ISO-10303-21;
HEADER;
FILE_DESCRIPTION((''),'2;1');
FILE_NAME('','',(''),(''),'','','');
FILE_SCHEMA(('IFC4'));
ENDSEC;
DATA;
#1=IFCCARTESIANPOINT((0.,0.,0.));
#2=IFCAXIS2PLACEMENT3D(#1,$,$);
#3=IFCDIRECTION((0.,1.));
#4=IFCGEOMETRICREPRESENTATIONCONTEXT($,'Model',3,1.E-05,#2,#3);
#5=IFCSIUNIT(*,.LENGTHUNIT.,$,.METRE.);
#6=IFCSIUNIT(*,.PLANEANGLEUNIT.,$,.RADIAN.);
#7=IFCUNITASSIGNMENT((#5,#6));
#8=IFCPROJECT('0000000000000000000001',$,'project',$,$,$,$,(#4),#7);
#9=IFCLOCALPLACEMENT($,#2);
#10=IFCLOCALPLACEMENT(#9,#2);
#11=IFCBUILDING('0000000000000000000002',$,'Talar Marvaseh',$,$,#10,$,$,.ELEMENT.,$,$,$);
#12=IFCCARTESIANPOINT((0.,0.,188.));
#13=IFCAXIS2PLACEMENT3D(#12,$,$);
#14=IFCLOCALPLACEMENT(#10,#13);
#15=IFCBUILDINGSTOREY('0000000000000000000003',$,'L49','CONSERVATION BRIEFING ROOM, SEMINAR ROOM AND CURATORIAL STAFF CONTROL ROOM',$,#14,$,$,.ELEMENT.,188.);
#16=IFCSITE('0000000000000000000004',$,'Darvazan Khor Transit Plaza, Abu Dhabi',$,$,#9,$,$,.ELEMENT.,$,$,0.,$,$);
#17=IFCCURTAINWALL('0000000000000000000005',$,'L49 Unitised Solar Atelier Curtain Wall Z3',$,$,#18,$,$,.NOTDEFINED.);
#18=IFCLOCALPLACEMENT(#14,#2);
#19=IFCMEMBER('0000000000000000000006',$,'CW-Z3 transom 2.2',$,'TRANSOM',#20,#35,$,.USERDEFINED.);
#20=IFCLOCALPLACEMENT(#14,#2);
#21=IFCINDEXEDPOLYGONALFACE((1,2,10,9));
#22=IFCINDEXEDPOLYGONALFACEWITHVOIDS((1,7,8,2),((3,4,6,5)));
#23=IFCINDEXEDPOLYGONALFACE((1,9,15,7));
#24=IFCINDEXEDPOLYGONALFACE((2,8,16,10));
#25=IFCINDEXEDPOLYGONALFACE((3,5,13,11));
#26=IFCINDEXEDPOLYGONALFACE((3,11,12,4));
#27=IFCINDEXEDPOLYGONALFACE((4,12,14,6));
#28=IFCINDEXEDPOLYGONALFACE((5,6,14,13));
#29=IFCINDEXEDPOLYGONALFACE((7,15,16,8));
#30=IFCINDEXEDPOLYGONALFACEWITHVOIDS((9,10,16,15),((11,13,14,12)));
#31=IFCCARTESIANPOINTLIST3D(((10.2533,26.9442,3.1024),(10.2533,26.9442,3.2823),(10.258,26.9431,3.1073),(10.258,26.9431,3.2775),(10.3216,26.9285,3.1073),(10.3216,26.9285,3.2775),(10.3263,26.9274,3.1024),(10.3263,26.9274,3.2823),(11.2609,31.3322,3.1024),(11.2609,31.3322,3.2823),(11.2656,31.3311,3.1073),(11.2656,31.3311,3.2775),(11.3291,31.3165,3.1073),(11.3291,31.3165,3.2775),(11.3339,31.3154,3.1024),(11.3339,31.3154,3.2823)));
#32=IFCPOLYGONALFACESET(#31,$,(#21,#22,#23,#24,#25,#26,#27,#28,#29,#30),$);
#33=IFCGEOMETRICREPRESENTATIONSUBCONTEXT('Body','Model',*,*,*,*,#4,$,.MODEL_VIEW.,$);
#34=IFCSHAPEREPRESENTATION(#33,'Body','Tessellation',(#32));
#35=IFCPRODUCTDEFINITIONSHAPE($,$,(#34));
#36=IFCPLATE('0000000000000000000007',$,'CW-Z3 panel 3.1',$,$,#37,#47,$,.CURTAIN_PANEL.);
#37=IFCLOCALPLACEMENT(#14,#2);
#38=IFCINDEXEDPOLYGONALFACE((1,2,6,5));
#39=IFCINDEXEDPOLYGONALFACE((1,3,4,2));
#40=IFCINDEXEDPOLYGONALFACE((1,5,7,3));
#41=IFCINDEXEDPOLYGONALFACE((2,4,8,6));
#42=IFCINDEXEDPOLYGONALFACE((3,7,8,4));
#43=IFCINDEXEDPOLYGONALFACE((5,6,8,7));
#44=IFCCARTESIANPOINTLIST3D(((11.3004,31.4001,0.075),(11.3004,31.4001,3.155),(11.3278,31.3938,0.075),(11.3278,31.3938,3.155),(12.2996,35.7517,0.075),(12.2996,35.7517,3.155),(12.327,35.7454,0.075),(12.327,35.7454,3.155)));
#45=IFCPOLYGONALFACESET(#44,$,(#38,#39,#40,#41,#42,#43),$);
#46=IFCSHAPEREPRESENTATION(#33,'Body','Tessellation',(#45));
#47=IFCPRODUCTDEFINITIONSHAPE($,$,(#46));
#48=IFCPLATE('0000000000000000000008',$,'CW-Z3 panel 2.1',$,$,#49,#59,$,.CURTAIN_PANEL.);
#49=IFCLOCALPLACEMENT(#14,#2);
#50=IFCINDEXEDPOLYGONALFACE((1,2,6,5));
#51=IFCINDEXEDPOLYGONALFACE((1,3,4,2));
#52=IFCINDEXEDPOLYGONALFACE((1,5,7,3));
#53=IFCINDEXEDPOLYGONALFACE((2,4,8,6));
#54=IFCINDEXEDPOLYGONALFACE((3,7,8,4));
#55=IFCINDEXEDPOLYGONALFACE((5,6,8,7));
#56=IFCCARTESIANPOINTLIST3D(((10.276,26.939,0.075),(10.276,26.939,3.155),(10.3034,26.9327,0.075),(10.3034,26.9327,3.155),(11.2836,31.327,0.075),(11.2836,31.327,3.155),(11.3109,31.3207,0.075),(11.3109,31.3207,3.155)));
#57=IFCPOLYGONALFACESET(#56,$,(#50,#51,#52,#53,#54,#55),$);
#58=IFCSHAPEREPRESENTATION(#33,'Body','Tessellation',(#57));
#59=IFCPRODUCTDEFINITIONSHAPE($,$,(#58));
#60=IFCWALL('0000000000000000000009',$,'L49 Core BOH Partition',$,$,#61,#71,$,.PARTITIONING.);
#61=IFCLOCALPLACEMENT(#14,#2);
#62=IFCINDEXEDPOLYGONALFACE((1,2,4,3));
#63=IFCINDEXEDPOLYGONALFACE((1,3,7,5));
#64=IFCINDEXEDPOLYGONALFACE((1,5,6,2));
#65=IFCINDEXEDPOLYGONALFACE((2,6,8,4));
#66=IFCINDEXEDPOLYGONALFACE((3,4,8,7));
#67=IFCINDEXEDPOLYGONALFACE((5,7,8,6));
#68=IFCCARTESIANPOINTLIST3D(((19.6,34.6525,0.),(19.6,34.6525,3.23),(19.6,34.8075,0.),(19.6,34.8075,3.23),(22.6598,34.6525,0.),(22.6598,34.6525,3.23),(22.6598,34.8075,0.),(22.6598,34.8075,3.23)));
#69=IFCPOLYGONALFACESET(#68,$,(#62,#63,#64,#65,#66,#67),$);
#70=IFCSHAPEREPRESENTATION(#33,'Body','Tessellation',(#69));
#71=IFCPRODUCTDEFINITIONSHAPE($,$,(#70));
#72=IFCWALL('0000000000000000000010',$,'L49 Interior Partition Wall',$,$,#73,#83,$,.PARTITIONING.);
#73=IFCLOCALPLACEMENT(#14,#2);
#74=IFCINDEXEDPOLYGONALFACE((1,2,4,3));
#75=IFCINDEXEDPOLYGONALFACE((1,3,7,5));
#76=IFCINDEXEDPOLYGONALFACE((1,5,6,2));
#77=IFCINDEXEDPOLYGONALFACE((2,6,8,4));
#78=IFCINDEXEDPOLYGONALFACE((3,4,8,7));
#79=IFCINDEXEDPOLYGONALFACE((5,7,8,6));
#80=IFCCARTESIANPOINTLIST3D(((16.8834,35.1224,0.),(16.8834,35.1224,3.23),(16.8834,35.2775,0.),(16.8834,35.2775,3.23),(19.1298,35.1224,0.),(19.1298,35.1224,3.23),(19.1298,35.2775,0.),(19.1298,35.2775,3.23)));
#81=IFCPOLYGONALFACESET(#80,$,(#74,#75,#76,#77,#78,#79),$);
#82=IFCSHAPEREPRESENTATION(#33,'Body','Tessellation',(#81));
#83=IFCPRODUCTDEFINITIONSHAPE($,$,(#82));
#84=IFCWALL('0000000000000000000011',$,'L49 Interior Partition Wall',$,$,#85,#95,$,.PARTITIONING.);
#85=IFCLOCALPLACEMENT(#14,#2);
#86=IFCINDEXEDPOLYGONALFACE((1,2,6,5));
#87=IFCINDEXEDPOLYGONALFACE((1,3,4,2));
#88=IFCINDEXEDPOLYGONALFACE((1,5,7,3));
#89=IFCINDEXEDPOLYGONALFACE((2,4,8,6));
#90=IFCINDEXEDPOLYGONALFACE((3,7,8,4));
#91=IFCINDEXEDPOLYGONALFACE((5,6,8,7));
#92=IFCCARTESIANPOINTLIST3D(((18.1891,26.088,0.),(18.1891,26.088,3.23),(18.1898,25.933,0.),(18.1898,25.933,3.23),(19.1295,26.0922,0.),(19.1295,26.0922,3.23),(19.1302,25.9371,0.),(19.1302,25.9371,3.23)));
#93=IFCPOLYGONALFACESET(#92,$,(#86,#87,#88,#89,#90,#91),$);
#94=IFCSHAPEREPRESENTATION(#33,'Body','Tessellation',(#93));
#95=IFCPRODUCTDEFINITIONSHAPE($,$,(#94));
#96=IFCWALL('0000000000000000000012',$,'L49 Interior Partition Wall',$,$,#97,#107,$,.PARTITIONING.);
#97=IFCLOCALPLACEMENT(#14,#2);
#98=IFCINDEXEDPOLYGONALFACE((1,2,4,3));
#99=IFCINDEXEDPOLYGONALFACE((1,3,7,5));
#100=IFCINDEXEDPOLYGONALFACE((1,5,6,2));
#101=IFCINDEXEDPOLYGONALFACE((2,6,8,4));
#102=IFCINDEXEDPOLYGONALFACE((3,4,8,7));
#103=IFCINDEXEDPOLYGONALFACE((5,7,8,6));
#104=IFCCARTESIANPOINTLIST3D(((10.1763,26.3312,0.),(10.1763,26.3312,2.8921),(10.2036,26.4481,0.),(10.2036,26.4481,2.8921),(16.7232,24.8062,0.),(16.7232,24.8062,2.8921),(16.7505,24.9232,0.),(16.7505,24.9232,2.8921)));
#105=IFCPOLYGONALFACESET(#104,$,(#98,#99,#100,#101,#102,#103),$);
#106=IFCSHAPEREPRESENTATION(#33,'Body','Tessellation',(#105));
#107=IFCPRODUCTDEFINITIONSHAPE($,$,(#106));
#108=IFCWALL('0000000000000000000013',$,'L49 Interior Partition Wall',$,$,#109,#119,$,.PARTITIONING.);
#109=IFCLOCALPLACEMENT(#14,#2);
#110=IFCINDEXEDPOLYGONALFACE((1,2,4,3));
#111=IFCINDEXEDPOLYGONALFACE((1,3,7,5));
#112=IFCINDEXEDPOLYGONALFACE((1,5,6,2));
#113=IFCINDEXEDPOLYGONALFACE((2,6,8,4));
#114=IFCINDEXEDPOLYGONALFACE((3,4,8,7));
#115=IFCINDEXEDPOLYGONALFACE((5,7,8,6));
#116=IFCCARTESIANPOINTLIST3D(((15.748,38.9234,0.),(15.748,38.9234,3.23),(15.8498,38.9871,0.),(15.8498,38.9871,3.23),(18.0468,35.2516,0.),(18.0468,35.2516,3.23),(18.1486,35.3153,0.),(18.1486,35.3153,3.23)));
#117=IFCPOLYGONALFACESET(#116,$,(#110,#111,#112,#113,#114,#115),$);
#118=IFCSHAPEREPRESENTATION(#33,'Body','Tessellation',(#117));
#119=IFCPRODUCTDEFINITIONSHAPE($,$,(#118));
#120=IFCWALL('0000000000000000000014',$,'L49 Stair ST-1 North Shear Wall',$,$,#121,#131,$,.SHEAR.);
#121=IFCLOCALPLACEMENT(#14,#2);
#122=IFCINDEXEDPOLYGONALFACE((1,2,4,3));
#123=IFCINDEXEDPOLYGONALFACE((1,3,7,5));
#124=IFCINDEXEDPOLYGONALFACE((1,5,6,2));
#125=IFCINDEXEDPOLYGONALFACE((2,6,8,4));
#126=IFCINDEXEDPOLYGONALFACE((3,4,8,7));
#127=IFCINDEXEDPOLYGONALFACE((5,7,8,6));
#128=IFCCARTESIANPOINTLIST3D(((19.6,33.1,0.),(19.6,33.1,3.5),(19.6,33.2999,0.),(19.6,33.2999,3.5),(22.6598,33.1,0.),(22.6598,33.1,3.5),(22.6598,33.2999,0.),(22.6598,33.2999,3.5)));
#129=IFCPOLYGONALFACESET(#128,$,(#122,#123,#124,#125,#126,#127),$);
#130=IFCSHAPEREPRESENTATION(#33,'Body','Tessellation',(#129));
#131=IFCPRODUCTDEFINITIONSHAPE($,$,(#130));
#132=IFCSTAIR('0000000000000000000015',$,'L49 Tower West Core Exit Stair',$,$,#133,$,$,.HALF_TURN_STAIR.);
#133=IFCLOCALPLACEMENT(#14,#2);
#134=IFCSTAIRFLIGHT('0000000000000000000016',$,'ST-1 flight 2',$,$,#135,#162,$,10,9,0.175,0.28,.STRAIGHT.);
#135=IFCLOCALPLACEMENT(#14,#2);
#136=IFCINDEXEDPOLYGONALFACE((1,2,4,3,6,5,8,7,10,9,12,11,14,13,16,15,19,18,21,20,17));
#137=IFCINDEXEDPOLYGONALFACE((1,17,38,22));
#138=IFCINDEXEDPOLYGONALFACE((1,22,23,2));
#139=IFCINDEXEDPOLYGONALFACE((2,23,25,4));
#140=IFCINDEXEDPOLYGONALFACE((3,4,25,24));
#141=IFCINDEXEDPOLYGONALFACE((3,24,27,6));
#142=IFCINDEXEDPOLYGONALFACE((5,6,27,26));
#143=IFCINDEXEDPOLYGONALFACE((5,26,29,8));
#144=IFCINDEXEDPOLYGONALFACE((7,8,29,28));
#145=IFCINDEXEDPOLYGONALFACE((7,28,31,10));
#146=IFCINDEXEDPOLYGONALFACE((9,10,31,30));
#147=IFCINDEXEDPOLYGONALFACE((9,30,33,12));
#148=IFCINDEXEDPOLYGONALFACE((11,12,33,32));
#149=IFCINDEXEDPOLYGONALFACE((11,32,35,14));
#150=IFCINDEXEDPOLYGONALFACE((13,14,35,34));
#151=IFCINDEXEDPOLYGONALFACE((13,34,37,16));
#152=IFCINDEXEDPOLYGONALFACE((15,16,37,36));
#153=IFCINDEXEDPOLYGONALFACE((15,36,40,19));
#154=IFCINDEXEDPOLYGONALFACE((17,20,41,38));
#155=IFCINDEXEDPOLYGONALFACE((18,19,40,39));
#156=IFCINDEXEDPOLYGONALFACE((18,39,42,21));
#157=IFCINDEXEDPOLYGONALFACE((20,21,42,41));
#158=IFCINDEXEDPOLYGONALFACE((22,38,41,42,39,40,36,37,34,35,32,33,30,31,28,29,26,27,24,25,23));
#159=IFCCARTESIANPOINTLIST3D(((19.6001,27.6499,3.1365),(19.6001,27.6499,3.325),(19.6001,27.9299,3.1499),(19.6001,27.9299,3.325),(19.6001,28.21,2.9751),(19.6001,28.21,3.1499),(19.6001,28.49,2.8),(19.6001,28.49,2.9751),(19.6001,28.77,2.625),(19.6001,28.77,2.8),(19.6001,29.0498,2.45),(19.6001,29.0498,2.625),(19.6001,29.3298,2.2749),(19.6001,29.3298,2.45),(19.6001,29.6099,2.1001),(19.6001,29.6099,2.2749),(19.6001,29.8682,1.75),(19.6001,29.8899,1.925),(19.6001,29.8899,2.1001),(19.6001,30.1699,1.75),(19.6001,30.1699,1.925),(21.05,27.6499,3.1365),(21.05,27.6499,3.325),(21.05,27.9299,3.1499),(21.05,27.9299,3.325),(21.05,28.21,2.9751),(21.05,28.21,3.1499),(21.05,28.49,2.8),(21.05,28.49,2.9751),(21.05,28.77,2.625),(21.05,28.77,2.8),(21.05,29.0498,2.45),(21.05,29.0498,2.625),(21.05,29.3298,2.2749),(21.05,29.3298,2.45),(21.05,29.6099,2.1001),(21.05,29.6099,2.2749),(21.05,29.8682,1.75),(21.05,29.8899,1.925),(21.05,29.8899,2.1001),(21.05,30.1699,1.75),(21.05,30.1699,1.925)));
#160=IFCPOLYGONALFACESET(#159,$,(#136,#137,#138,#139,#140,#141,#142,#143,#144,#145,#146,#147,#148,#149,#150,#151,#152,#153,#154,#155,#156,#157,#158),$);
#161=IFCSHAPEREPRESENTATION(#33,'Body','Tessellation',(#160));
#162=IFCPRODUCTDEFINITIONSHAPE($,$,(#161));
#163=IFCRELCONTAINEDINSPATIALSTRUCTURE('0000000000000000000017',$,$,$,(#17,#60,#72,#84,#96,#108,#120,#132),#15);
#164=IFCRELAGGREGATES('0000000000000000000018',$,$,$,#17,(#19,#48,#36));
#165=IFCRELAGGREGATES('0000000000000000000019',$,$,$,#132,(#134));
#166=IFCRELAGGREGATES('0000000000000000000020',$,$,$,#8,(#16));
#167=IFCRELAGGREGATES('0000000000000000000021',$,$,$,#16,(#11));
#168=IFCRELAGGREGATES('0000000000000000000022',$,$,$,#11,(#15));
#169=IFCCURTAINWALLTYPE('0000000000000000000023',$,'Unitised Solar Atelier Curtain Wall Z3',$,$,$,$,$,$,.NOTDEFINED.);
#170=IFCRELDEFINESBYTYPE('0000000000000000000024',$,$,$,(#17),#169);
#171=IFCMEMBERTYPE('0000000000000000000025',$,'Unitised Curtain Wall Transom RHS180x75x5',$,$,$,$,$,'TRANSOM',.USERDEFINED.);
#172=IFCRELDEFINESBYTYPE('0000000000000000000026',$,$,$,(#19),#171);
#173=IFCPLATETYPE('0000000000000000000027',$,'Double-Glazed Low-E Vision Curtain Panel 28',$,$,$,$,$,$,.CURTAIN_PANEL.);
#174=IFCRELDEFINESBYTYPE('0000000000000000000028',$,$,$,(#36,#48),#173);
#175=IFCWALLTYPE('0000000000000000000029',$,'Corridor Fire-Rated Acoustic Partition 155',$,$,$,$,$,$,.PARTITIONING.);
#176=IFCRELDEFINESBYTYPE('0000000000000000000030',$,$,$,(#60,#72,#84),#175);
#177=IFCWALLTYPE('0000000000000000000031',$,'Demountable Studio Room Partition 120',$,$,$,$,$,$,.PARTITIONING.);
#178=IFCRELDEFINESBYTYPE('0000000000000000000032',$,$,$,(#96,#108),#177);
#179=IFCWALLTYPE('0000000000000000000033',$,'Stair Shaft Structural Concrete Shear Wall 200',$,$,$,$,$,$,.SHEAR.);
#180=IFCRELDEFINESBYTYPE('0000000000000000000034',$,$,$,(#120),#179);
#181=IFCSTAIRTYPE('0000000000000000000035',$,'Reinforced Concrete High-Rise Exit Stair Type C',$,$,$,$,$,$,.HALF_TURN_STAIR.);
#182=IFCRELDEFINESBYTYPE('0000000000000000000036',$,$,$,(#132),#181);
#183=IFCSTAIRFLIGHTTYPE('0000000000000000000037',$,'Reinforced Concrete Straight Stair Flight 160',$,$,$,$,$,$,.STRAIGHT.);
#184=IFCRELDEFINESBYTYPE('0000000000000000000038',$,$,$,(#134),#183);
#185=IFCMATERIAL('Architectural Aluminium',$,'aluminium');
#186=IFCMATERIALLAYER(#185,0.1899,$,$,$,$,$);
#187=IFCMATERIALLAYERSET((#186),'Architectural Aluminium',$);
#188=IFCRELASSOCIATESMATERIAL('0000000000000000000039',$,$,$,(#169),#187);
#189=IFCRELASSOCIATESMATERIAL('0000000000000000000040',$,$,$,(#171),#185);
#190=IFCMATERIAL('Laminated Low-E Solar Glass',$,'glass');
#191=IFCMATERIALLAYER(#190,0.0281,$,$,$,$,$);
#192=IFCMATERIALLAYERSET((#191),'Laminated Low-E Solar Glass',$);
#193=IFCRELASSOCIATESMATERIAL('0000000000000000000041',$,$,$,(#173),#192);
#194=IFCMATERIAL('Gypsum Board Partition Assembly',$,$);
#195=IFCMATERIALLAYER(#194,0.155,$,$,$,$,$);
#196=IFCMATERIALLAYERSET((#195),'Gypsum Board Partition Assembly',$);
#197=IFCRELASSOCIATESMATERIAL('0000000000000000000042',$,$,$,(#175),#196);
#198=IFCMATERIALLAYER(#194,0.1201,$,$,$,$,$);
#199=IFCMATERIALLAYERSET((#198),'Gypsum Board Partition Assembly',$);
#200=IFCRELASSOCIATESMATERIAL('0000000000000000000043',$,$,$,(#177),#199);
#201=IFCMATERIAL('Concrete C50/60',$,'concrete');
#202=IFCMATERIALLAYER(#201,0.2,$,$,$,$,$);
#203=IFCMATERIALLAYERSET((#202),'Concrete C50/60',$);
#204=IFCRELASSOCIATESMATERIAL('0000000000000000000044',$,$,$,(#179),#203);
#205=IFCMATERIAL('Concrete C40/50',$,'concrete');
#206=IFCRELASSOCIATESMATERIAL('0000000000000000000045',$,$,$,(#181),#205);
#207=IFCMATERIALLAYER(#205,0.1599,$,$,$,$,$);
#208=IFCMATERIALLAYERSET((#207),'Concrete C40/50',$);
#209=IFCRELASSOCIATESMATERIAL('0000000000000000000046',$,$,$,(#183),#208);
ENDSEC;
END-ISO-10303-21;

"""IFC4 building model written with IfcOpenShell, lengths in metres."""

from ifc_helpers import new_model, si_unit, direction, frame, frame_2d, origin, origin_2d, place, context, subcontext, project, spatial, polyline, rectangle, hollow_rectangle, outline, extrude, source, transform, mapped, material, layer, layer_set, material_profile, profile_set, type_object, type_shapes, element, aggregate, save


model = new_model("IFC4")

# Units and contexts
model_context = context("Model", 3, precision=1e-05, world=origin(), true_north=direction((0.0, 1.0)))
body_context = subcontext(model_context, "Body", "Model", "MODEL_VIEW")
ifc_project = project(units=[si_unit("LENGTHUNIT", "METRE"), si_unit("PLANEANGLEUNIT", "RADIAN")], contexts=[model_context])

# Site, building, storey
site_placement = place(None, origin())
site = spatial("IfcSite", under=ifc_project, at=site_placement, Name="Darvazan Khor Transit Plaza, Abu Dhabi", CompositionType="ELEMENT", RefElevation=0.0)
building_placement = place(site_placement, origin())
building = spatial("IfcBuilding", under=site, at=building_placement, Name="Talar Marvaseh", CompositionType="ELEMENT")
storey_placement = place(building_placement, frame((0.0, 0.0, 188.0)))
storey = spatial("IfcBuildingStorey", under=building, at=storey_placement, Name="L49", Description="CONSERVATION BRIEFING ROOM, SEMINAR ROOM AND CURATORIAL STAFF CONTROL ROOM", CompositionType="ELEMENT", Elevation=188.0)

# Curtain wall, member, plates
ifc_material_1 = material(Name="Architectural Aluminium", Category="aluminium")
ifc_layer_1 = layer(ifc_material_1, 0.1899)
ifc_layer_set_1 = layer_set([ifc_layer_1], Name="Architectural Aluminium")
curtain_wall_type = type_object("IfcCurtainWallType", Name="Unitised Solar Atelier Curtain Wall Z3", PredefinedType="NOTDEFINED", material=ifc_layer_set_1)
curtain_wall_placement = place(storey_placement, origin())
curtain_wall = element("IfcCurtainWall", 1, at=curtain_wall_placement, inside=storey, type_object=curtain_wall_type, Name="L49 Unitised Solar Atelier Curtain Wall Z3", PredefinedType="NOTDEFINED")
ifc_material_profile_1 = material_profile(ifc_material_1, hollow_rectangle(XDim=0.075, YDim=0.1799, WallThickness=0.0049, at=origin_2d()), Name="RHS180x75x5")
ifc_profile_set_1 = profile_set([ifc_material_profile_1], Name="Architectural Aluminium")
member_type_1 = type_object("IfcMemberType", Name="Unitised Curtain Wall Transom RHS180x75x5", ElementType="TRANSOM", PredefinedType="USERDEFINED", material=ifc_profile_set_1)
shared_shape_1 = source(origin(), body_context, "Body", "SweptSolid", [
    extrude(hollow_rectangle(XDim=0.075, YDim=0.1799, WallThickness=0.0049, at=origin_2d()), origin(), (0.0, 0.0, 1.0), 4.5022),
])
member_1_placement = place(storey_placement, frame((10.2898, 26.9358, 3.1924), z_axis=(0.223798, 0.974636, 0.0), x_axis=(-0.974636, 0.223798, 0.0)))
member_1 = element("IfcMember", 2, at=member_1_placement, type_object=member_type_1, Name="CW-Z3 transom 2.2", ObjectType="TRANSOM", PredefinedType="USERDEFINED", context=body_context, shape_type="MappedRepresentation", body=[
    mapped(shared_shape_1, transform((0.0, 0.0, 0.0), x_axis=(1.0, 0.0, 0.0), y_axis=(0.0, 1.0, 0.0), z_axis=(0.0, 0.0, 1.0), scale=1.0)),
])
ifc_material_2 = material(Name="Laminated Low-E Solar Glass", Category="glass")
ifc_layer_2 = layer(ifc_material_2, 0.0281)
ifc_layer_set_2 = layer_set([ifc_layer_2], Name="Laminated Low-E Solar Glass")
plate_type = type_object("IfcPlateType", Name="Double-Glazed Low-E Vision Curtain Panel 28", PredefinedType="CURTAIN_PANEL", material=ifc_layer_set_2)
shared_shape_2 = source(origin(), body_context, "Body", "SweptSolid", [
    extrude(rectangle(XDim=4.4648, YDim=0.0281, at=origin_2d()), origin(), (0.0, 0.0, 1.0), 3.0801),
])
plate_1_placement = place(storey_placement, frame((11.8137, 33.5728, 0.075), z_axis=(0.0, 0.0, 1.0), x_axis=(0.223796, 0.974636, 0.0)))
plate_1 = element("IfcPlate", 3, at=plate_1_placement, type_object=plate_type, Name="CW-Z3 panel 3.1", PredefinedType="CURTAIN_PANEL", context=body_context, shape_type="MappedRepresentation", body=[
    mapped(shared_shape_2, transform((0.0, 0.0, 0.0), x_axis=(1.0, 0.0, 0.0), y_axis=(0.0, 1.0, 0.0), z_axis=(0.0, 0.0, 1.0), scale=1.0)),
])
shared_shape_3 = source(origin(), body_context, "Body", "SweptSolid", [
    extrude(rectangle(XDim=4.5022, YDim=0.0281, at=origin_2d()), origin(), (0.0, 0.0, 1.0), 3.0801),
])
type_shapes(plate_type, [shared_shape_2, shared_shape_3])
plate_2_placement = place(storey_placement, frame((10.7935, 29.1299, 0.075), z_axis=(0.0, 0.0, 1.0), x_axis=(0.223796, 0.974636, 0.0)))
plate_2 = element("IfcPlate", 4, at=plate_2_placement, type_object=plate_type, Name="CW-Z3 panel 2.1", PredefinedType="CURTAIN_PANEL", context=body_context, shape_type="MappedRepresentation", body=[
    mapped(shared_shape_3, transform((0.0, 0.0, 0.0), x_axis=(1.0, 0.0, 0.0), y_axis=(0.0, 1.0, 0.0), z_axis=(0.0, 0.0, 1.0), scale=1.0)),
])
aggregate(curtain_wall, [member_1, plate_2, plate_1])

# Walls
ifc_material_3 = material(Name="Gypsum Board Partition Assembly")
ifc_layer_3 = layer(ifc_material_3, 0.155)
ifc_layer_set_3 = layer_set([ifc_layer_3], Name="Gypsum Board Partition Assembly")
wall_type_1 = type_object("IfcWallType", Name="Corridor Fire-Rated Acoustic Partition 155", PredefinedType="PARTITIONING", material=ifc_layer_set_3)
wall_1_placement = place(storey_placement, frame((19.6001, 34.73, 0.0), z_axis=(0.0, 0.0, 1.0), x_axis=(1.0, 0.0, 0.0)))
element("IfcWall", 5, at=wall_1_placement, inside=storey, type_object=wall_type_1, Name="L49 Core BOH Partition", PredefinedType="PARTITIONING", context=body_context, shape_type="SweptSolid", body=[
    extrude(rectangle(XDim=3.0598, YDim=0.155, at=frame_2d((1.5298, 0.0))), origin(), (0.0, 0.0, 1.0), 3.23),
])
wall_2_placement = place(storey_placement, frame((16.8835, 35.2, 0.0), z_axis=(0.0, 0.0, 1.0), x_axis=(1.0, 0.0, 0.0)))
element("IfcWall", 6, at=wall_2_placement, inside=storey, type_object=wall_type_1, Name="L49 Interior Partition Wall", PredefinedType="PARTITIONING", context=body_context, shape_type="SweptSolid", body=[
    extrude(rectangle(XDim=2.2463, YDim=0.155, at=frame_2d((1.123, 0.0))), origin(), (0.0, 0.0, 1.0), 3.23),
])
wall_3_placement = place(storey_placement, frame((19.1299, 26.0146, 0.0), z_axis=(0.0, 0.0, 1.0), x_axis=(-0.99999, -0.004413, 0.0)))
element("IfcWall", 7, at=wall_3_placement, inside=storey, type_object=wall_type_1, Name="L49 Interior Partition Wall", PredefinedType="PARTITIONING", context=body_context, shape_type="SweptSolid", body=[
    extrude(rectangle(XDim=0.9404, YDim=0.155, at=frame_2d((0.4702, 0.0))), origin(), (0.0, 0.0, 1.0), 3.23),
])
ifc_layer_4 = layer(ifc_material_3, 0.1201)
ifc_layer_set_4 = layer_set([ifc_layer_4], Name="Gypsum Board Partition Assembly")
wall_type_2 = type_object("IfcWallType", Name="Demountable Studio Room Partition 120", PredefinedType="PARTITIONING", material=ifc_layer_set_4)
wall_4_placement = place(storey_placement, frame((10.1899, 26.3896, 0.0), z_axis=(0.0, 0.0, 1.0), x_axis=(0.97393, -0.226848, 0.0)))
element("IfcWall", 8, at=wall_4_placement, inside=storey, type_object=wall_type_2, Name="L49 Interior Partition Wall", PredefinedType="PARTITIONING", context=body_context, shape_type="SweptSolid", body=[
    extrude(rectangle(XDim=6.7222, YDim=0.1201, at=frame_2d((3.3611, 0.0))), origin(), (0.0, 0.0, 1.0), 2.8921),
])
wall_5_placement = place(storey_placement, frame((18.0977, 35.2834, 0.0), z_axis=(0.0, 0.0, 1.0), x_axis=(-0.530647, 0.847593, 0.0)))
element("IfcWall", 9, at=wall_5_placement, inside=storey, type_object=wall_type_2, Name="L49 Interior Partition Wall", PredefinedType="PARTITIONING", context=body_context, shape_type="SweptSolid", body=[
    extrude(rectangle(XDim=4.332, YDim=0.1201, at=frame_2d((2.166, 0.0))), origin(), (0.0, 0.0, 1.0), 3.23),
])
ifc_material_4 = material(Name="Concrete C50/60", Category="concrete")
ifc_layer_5 = layer(ifc_material_4, 0.2)
ifc_layer_set_5 = layer_set([ifc_layer_5], Name="Concrete C50/60")
wall_type_3 = type_object("IfcWallType", Name="Stair Shaft Structural Concrete Shear Wall 200", PredefinedType="SHEAR", material=ifc_layer_set_5)
wall_6_placement = place(storey_placement, frame((19.6001, 33.2, 0.0), z_axis=(0.0, 0.0, 1.0), x_axis=(1.0, 0.0, 0.0)))
element("IfcWall", 10, at=wall_6_placement, inside=storey, type_object=wall_type_3, Name="L49 Stair ST-1 North Shear Wall", PredefinedType="SHEAR", context=body_context, shape_type="SweptSolid", body=[
    extrude(rectangle(XDim=3.0598, YDim=0.2, at=frame_2d((1.5298, 0.0))), origin(), (0.0, 0.0, 1.0), 3.5),
])

# Stair, stair flight
ifc_material_5 = material(Name="Concrete C40/50", Category="concrete")
stair_type = type_object("IfcStairType", Name="Reinforced Concrete High-Rise Exit Stair Type C", PredefinedType="HALF_TURN_STAIR", material=ifc_material_5)
stair_placement = place(storey_placement, origin())
stair = element("IfcStair", 11, at=stair_placement, inside=storey, type_object=stair_type, Name="L49 Tower West Core Exit Stair", PredefinedType="HALF_TURN_STAIR")
ifc_layer_6 = layer(ifc_material_5, 0.1599)
ifc_layer_set_6 = layer_set([ifc_layer_6], Name="Concrete C40/50")
stair_flight_type = type_object("IfcStairFlightType", Name="Reinforced Concrete Straight Stair Flight 160", PredefinedType="STRAIGHT", material=ifc_layer_set_6)
stair_flight_placement = place(storey_placement, frame((20.325, 30.1699, 1.75), z_axis=(0.0, 0.0, 1.0), x_axis=(0.0, -1.0, 0.0)))
stair_flight = element("IfcStairFlight", 12, at=stair_flight_placement, type_object=stair_flight_type, Name="ST-1 flight 2", NumberOfRisers=10, NumberOfTreads=9, PredefinedType="STRAIGHT", RiserHeight=0.175, TreadLength=0.28, context=body_context, shape_type="SweptSolid", body=[
    extrude(outline(polyline([(0.0, 0.0), (0.0, 0.175), (0.28, 0.175), (0.28, 0.3501), (0.5601, 0.3501), (0.5601, 0.5249), (0.8401, 0.5249), (0.8401, 0.7), (1.1201, 0.7), (1.1201, 0.875), (1.3999, 0.875), (1.3999, 1.05), (1.6799, 1.05), (1.6799, 1.2251), (1.96, 1.2251), (1.96, 1.3999), (2.24, 1.3999), (2.24, 1.575), (2.52, 1.575), (2.52, 1.75), (2.52, 1.3865), (0.3018, 0.0), (0.0, 0.0)])), frame((0.0, 0.7251, 0.0), z_axis=(0.0, -1.0, 0.0), x_axis=(1.0, 0.0, 0.0)), (0.0, 0.0, 1.0), 1.45),
])
aggregate(stair, [stair_flight])

save(model, "model.ifc")
